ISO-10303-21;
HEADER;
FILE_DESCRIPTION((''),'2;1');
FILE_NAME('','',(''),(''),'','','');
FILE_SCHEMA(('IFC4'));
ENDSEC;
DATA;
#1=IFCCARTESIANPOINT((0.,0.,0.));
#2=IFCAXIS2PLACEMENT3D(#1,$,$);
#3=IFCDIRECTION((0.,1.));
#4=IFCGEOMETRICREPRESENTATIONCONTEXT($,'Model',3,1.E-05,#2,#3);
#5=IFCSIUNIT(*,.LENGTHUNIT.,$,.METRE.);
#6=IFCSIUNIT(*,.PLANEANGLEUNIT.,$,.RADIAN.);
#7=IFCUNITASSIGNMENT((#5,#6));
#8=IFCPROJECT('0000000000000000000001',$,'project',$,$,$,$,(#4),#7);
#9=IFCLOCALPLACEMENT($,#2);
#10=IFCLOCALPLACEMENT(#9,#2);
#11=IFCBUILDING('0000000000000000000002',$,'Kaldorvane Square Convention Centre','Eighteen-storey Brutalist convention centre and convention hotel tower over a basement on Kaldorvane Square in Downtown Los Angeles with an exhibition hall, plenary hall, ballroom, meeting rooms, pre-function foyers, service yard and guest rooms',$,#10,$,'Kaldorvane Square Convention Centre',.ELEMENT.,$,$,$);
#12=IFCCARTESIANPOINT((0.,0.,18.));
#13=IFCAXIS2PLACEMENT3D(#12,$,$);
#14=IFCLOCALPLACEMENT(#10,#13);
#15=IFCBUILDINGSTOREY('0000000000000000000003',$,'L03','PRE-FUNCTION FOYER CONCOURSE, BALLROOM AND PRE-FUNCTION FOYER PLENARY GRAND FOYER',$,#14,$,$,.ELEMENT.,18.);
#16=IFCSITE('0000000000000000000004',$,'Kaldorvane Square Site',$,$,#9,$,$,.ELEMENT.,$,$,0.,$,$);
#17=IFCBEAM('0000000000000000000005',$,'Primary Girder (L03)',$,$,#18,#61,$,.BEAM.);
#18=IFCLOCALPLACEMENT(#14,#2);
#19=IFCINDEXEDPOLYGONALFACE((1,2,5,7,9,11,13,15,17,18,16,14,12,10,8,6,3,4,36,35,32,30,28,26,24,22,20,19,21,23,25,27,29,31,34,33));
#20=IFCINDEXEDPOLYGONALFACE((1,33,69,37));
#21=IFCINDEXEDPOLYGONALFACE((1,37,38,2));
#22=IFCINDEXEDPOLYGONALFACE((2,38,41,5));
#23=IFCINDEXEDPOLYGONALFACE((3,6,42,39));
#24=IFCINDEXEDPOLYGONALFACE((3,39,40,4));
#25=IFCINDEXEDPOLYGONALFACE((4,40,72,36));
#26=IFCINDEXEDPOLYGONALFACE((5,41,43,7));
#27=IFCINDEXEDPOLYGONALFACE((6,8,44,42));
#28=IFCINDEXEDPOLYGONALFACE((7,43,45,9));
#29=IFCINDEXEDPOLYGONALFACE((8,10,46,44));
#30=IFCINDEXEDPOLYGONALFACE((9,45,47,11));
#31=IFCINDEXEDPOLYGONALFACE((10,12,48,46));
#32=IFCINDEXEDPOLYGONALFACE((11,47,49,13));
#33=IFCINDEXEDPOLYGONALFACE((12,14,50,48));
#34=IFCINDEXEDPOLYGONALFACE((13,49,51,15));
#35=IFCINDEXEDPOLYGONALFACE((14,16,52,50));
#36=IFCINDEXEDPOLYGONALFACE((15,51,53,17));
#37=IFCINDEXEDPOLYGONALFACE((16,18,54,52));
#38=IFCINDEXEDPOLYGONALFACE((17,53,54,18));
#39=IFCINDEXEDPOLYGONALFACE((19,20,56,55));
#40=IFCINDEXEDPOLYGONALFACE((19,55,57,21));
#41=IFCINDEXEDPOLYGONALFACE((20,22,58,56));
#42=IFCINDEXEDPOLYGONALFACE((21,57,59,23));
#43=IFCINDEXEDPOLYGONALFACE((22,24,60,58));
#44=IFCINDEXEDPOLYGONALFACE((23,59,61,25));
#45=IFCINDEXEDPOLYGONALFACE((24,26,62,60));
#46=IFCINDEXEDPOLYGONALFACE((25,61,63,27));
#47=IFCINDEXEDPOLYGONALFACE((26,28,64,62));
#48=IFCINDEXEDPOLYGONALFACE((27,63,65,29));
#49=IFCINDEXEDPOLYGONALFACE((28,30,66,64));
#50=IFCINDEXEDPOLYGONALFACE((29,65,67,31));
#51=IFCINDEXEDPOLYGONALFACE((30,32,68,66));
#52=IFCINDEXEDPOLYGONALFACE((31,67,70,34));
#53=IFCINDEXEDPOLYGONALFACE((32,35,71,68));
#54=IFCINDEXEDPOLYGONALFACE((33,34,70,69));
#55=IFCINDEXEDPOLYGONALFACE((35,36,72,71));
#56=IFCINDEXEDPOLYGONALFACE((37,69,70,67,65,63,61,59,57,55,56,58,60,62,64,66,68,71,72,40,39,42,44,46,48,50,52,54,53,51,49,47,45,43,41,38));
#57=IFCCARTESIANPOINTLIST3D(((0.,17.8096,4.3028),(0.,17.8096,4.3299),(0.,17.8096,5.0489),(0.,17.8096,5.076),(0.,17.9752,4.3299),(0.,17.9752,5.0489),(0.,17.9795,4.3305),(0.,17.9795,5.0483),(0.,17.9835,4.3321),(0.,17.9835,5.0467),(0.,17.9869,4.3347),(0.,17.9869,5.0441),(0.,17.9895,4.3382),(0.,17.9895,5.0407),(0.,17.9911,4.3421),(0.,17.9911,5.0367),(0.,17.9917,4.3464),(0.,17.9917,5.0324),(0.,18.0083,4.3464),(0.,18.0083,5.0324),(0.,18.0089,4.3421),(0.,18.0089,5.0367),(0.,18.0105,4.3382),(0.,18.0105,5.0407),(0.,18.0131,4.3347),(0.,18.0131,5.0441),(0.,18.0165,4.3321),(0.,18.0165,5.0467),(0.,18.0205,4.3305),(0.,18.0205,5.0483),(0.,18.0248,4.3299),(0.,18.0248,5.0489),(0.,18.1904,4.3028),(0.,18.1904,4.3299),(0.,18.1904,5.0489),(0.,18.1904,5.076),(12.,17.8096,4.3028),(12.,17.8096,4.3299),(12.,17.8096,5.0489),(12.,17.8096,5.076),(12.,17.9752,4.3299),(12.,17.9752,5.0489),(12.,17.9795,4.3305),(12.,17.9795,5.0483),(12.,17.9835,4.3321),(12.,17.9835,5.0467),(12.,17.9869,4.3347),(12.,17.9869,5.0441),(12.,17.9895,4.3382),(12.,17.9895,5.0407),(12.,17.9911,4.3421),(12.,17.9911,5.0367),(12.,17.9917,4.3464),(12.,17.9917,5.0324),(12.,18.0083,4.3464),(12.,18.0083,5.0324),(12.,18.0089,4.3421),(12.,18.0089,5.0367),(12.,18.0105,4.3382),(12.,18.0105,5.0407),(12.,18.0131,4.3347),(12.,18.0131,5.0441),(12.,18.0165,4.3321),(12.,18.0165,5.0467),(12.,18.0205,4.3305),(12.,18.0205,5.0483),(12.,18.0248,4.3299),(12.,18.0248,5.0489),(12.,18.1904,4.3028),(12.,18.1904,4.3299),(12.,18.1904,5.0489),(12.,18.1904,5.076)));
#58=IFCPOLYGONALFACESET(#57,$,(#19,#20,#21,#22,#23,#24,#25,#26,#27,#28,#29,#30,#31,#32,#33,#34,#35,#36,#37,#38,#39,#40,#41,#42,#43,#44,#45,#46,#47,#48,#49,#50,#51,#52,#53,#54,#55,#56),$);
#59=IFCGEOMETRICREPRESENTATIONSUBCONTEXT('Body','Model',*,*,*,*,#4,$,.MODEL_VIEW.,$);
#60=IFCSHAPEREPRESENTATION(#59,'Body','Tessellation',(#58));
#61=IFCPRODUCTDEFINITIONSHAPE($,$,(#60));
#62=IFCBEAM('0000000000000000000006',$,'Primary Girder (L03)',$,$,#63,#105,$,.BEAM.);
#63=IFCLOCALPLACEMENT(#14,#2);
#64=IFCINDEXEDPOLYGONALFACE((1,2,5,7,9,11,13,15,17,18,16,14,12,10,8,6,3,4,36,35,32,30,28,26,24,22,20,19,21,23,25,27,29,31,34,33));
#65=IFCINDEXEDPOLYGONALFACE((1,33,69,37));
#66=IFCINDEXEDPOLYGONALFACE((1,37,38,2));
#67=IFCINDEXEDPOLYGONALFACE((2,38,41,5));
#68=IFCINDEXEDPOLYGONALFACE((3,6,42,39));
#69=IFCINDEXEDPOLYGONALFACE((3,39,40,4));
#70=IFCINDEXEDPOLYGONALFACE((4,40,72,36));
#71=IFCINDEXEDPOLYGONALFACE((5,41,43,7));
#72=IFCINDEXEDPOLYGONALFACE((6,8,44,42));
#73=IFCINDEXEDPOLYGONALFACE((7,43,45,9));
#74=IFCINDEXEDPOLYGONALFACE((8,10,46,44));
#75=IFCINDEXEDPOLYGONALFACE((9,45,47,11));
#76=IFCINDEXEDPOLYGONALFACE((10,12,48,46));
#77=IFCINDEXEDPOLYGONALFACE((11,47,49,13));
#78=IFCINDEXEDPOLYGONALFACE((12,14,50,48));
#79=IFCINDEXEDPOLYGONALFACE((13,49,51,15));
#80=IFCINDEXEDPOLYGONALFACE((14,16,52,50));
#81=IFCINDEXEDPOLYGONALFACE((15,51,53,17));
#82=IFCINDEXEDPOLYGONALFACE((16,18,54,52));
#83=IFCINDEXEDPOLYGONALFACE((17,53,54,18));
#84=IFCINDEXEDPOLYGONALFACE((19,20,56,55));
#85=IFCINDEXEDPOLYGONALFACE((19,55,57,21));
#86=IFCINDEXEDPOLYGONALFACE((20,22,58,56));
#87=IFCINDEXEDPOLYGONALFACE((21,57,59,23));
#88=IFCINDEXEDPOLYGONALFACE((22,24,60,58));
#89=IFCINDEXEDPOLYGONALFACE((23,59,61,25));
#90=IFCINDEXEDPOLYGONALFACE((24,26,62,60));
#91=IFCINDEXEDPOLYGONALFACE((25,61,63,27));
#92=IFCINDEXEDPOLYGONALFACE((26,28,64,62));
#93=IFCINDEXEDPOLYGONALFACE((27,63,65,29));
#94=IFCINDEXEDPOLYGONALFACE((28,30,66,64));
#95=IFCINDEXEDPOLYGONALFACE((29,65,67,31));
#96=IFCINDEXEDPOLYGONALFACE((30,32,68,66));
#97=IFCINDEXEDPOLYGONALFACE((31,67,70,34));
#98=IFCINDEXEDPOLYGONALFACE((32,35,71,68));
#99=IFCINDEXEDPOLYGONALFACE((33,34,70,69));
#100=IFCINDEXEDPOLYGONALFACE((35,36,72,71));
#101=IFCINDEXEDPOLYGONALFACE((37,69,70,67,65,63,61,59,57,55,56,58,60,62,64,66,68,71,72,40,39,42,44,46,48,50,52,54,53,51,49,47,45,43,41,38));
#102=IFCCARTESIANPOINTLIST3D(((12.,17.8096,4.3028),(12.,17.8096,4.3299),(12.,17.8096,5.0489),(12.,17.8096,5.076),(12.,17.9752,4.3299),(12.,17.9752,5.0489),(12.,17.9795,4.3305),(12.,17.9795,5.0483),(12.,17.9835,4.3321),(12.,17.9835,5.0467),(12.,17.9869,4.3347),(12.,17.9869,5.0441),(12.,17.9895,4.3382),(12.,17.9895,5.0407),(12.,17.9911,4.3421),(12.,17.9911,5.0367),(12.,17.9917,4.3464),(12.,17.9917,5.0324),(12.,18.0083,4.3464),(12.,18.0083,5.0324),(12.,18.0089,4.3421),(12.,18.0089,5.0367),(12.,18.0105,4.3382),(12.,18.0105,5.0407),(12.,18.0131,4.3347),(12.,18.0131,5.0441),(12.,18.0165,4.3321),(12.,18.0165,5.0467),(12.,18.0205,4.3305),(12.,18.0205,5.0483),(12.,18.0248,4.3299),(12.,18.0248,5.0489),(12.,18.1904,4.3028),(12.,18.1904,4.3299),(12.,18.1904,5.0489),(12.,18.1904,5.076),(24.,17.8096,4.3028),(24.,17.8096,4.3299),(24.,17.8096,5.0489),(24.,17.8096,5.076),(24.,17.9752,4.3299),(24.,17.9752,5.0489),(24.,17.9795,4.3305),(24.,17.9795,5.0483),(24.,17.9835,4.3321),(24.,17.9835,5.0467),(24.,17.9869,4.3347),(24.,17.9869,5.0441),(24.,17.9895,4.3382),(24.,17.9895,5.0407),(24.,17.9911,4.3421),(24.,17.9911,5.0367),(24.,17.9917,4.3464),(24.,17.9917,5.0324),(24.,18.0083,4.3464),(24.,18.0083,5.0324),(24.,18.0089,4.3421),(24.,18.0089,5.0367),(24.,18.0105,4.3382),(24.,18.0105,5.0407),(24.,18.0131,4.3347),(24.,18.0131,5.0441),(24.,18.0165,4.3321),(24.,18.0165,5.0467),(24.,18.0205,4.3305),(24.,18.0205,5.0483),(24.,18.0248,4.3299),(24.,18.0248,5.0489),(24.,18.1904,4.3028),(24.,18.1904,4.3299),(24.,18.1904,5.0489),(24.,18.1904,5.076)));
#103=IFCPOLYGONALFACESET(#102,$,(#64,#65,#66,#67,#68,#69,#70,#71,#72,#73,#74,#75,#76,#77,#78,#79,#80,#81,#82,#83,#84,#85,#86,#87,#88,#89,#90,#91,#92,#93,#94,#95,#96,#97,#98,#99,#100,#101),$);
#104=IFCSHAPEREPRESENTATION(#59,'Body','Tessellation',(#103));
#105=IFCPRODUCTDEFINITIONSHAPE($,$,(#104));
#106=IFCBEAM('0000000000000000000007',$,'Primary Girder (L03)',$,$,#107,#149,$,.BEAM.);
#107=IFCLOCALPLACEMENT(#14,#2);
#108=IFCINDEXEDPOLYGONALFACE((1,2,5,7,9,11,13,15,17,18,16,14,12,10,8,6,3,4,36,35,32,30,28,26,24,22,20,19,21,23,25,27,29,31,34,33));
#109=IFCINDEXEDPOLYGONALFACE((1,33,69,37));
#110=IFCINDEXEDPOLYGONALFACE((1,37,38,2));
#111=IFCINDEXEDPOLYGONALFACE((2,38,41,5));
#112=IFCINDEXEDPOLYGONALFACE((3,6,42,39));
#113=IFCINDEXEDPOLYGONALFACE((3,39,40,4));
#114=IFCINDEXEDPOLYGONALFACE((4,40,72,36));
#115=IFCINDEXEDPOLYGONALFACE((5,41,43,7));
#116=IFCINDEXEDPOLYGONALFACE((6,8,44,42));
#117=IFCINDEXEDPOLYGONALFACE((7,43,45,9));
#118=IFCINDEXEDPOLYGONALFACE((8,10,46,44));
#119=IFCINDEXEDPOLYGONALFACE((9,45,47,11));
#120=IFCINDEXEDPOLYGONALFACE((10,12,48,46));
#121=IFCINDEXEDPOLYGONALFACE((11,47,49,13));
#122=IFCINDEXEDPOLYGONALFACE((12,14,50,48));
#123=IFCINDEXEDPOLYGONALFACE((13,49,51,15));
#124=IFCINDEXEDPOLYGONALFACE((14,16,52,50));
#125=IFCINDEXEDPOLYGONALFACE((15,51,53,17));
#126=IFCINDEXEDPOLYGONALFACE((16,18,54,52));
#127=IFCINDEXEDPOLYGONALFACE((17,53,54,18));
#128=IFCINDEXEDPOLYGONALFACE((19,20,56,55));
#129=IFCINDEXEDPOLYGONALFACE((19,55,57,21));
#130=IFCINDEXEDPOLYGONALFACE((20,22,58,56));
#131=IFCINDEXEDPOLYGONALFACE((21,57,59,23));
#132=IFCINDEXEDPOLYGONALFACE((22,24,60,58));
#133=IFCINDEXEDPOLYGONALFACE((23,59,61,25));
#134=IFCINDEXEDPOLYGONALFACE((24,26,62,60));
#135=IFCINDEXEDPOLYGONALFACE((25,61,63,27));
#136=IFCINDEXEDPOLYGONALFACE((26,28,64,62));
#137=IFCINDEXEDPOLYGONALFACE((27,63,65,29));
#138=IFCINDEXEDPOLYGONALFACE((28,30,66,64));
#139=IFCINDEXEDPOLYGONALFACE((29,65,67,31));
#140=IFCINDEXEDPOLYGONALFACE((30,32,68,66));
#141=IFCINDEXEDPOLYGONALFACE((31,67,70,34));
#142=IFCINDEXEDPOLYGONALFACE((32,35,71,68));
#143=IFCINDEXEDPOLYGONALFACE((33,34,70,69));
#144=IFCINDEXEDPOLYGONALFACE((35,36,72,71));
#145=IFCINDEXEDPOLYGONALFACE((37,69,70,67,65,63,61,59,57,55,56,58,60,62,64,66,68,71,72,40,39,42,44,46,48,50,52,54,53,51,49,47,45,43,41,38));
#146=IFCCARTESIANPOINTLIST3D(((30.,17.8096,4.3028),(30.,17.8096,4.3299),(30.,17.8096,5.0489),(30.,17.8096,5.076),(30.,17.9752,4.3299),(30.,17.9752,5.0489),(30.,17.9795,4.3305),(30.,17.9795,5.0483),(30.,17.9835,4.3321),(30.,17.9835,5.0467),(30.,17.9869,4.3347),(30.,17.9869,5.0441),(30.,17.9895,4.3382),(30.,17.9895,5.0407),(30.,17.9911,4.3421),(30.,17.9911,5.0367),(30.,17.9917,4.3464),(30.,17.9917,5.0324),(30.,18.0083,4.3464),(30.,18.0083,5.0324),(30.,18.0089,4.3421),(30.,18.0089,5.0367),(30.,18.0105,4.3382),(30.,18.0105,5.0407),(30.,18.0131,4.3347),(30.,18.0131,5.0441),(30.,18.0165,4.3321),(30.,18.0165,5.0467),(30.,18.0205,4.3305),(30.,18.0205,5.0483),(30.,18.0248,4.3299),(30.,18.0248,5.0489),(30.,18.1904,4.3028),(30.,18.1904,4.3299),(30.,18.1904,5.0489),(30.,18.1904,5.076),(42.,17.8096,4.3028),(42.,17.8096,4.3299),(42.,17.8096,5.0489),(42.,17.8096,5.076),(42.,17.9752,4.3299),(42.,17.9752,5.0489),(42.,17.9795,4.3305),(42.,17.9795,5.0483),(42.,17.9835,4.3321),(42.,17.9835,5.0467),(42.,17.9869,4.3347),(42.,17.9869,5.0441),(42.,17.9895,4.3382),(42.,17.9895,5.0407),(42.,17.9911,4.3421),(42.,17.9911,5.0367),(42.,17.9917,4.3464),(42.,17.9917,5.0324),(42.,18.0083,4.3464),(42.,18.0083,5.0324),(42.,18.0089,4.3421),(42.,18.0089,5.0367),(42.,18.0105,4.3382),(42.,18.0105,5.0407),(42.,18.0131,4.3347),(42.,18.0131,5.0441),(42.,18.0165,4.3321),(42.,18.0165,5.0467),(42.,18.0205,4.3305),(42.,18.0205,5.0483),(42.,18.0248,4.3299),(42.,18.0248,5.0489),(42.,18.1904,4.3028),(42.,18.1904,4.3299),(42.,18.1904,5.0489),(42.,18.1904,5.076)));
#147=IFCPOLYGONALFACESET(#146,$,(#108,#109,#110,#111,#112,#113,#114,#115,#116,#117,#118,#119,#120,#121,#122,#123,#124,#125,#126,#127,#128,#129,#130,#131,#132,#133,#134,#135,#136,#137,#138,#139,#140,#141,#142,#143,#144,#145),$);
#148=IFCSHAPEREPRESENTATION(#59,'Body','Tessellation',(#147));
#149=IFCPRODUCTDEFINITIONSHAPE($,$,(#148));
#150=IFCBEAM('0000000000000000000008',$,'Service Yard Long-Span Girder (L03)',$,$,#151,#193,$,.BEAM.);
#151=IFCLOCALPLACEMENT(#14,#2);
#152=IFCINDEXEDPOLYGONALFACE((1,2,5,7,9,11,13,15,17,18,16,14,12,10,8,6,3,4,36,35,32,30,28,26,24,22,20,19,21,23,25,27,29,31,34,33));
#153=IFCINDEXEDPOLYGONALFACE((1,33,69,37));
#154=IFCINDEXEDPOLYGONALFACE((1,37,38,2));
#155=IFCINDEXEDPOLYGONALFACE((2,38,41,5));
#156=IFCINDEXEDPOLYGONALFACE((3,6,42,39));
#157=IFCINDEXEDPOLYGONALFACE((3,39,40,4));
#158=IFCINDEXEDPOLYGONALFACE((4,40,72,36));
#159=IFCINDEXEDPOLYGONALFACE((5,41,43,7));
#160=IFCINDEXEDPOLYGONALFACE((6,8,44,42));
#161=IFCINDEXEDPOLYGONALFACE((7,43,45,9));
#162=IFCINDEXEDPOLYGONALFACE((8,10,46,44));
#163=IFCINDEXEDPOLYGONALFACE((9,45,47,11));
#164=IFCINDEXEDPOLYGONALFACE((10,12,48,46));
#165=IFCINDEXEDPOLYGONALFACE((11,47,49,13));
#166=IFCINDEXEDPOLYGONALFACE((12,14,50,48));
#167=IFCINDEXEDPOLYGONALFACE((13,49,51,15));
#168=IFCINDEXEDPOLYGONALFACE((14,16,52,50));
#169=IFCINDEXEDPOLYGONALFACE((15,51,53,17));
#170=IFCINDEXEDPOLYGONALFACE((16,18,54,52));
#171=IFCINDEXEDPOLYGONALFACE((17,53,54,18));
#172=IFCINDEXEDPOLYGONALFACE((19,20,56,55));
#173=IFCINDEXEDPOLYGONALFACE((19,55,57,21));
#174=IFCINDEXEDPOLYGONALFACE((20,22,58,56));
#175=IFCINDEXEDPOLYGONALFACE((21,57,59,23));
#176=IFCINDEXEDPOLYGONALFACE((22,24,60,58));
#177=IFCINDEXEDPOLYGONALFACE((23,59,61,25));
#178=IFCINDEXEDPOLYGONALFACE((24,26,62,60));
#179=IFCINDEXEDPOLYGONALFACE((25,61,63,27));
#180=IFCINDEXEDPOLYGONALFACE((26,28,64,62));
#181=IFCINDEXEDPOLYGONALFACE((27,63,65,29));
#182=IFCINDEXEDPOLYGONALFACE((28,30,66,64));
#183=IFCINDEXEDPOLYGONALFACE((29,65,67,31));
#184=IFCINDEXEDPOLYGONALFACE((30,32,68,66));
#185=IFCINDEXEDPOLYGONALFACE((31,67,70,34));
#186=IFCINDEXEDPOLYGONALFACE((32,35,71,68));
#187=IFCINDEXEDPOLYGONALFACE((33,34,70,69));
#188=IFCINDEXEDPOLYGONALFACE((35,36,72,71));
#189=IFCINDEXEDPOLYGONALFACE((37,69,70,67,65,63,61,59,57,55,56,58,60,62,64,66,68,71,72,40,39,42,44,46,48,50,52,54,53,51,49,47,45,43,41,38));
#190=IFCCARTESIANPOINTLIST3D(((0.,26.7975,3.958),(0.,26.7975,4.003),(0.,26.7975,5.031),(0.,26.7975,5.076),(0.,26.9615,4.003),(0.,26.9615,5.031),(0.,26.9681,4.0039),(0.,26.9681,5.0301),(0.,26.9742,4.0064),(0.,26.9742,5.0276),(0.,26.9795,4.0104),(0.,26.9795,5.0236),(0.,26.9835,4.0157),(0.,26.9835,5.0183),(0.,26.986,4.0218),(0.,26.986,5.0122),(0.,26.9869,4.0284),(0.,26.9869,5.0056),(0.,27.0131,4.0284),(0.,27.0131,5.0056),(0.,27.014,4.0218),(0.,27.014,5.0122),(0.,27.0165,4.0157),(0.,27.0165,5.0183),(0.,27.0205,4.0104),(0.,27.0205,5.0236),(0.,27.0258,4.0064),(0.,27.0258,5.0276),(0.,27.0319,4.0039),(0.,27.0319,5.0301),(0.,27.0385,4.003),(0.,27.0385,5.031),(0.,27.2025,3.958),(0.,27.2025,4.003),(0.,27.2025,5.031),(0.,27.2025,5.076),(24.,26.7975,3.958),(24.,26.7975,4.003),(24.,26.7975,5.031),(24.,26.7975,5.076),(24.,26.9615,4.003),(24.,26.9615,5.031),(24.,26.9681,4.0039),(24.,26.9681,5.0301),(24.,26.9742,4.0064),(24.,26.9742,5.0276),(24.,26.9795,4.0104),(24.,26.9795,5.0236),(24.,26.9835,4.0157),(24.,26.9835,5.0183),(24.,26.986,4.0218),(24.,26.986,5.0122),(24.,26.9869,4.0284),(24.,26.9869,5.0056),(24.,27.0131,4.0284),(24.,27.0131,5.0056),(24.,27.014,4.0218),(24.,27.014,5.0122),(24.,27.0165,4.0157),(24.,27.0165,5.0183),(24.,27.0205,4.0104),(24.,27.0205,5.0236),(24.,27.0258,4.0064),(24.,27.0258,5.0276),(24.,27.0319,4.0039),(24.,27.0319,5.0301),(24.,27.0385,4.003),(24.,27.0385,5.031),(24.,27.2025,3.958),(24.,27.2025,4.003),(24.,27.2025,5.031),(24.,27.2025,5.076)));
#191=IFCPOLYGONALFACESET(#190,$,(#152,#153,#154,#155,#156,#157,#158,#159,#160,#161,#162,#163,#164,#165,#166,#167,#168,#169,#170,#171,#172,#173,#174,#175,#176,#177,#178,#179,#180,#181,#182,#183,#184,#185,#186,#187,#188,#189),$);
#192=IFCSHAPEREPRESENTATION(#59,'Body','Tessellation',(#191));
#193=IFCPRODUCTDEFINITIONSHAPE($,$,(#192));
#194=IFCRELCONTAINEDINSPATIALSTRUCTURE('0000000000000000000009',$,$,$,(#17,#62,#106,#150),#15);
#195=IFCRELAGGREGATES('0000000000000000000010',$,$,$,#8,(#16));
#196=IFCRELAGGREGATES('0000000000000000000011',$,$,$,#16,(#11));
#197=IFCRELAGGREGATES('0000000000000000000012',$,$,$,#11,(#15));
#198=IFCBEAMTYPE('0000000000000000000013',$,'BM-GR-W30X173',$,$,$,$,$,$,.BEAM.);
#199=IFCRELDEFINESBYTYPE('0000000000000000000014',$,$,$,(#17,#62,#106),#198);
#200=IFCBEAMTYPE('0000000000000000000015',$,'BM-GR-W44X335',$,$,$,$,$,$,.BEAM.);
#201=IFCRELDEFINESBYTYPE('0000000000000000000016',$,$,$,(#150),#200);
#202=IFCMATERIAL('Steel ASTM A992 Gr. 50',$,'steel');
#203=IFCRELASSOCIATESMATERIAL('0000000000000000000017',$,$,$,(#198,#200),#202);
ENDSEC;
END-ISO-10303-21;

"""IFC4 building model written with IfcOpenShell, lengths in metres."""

from ifc_helpers import new_model, si_unit, direction, frame, origin, origin_2d, place, context, subcontext, project, spatial, i_section, extrude, material, material_profile, profile_set, type_object, element, save


model = new_model("IFC4")

# Units and contexts
model_context = context("Model", 3, precision=1e-05, world=origin(), true_north=direction((0.0, 1.0)))
body_context = subcontext(model_context, "Body", "Model", "MODEL_VIEW")
ifc_project = project(units=[si_unit("LENGTHUNIT", "METRE"), si_unit("PLANEANGLEUNIT", "RADIAN")], contexts=[model_context])

# Site, building, storey
site_placement = place(None, origin())
site = spatial("IfcSite", under=ifc_project, at=site_placement, Name="Kaldorvane Square Site", CompositionType="ELEMENT", RefElevation=0.0)
building_placement = place(site_placement, origin())
building = spatial("IfcBuilding", under=site, at=building_placement, Name="Kaldorvane Square Convention Centre", Description="Eighteen-storey Brutalist convention centre and convention hotel tower over a basement on Kaldorvane Square in Downtown Los Angeles with an exhibition hall, plenary hall, ballroom, meeting rooms, pre-function foyers, service yard and guest rooms", LongName="Kaldorvane Square Convention Centre", CompositionType="ELEMENT")
storey_placement = place(building_placement, frame((0.0, 0.0, 18.0)))
storey = spatial("IfcBuildingStorey", under=building, at=storey_placement, Name="L03", Description="PRE-FUNCTION FOYER CONCOURSE, BALLROOM AND PRE-FUNCTION FOYER PLENARY GRAND FOYER", CompositionType="ELEMENT", Elevation=18.0)

# Shared definitions
ifc_material_1 = material(Name="Steel ASTM A992 Gr. 50", Category="steel")

# Beams
ifc_material_profile_1 = material_profile(ifc_material_1, i_section(OverallWidth=0.3807, OverallDepth=0.7732, WebThickness=0.0166, FlangeThickness=0.0271, FilletRadius=0.0165, at=origin_2d()), Name="W30X173")
ifc_profile_set_1 = profile_set([ifc_material_profile_1], Name="Steel ASTM A992 Gr. 50")
beam_type_1 = type_object("IfcBeamType", Name="BM-GR-W30X173", PredefinedType="BEAM", material=ifc_profile_set_1)
for number, where, z_axis, x_axis, name in (
    (1, (0.0, 18.0, 4.6894), (1.0, 0.0, 0.0), (0.0, 1.0, 0.0), "Primary Girder (L03)"),
    (2, (12.0, 18.0, 4.6894), (1.0, 0.0, 0.0), (0.0, 1.0, 0.0), "Primary Girder (L03)"),
    (3, (30.0, 18.0, 4.6894), (1.0, 0.0, 0.0), (0.0, 1.0, 0.0), "Primary Girder (L03)"),
):
    element("IfcBeam", number, at=place(storey_placement, frame(where, z_axis=z_axis, x_axis=x_axis)), inside=storey, type_object=beam_type_1, Name=name, PredefinedType="BEAM", context=body_context, shape_type="SweptSolid", body=[
        extrude(i_section(OverallWidth=0.3807, OverallDepth=0.7732, WebThickness=0.0166, FlangeThickness=0.0271, FilletRadius=0.0165, at=origin_2d()), origin(), (0.0, 0.0, 1.0), 12.0),
    ])
ifc_material_profile_2 = material_profile(ifc_material_1, i_section(OverallWidth=0.405, OverallDepth=1.118, WebThickness=0.0262, FlangeThickness=0.045, FilletRadius=0.0254, at=origin_2d()), Name="W44X335")
ifc_profile_set_2 = profile_set([ifc_material_profile_2], Name="Steel ASTM A992 Gr. 50")
beam_type_2 = type_object("IfcBeamType", Name="BM-GR-W44X335", PredefinedType="BEAM", material=ifc_profile_set_2)
beam_1_placement = place(storey_placement, frame((0.0, 27.0, 4.517), z_axis=(1.0, 0.0, 0.0), x_axis=(0.0, 1.0, 0.0)))
element("IfcBeam", 4, at=beam_1_placement, inside=storey, type_object=beam_type_2, Name="Service Yard Long-Span Girder (L03)", PredefinedType="BEAM", context=body_context, shape_type="SweptSolid", body=[
    extrude(i_section(OverallWidth=0.405, OverallDepth=1.118, WebThickness=0.0262, FlangeThickness=0.045, FilletRadius=0.0254, at=origin_2d()), origin(), (0.0, 0.0, 1.0), 24.0),
])

save(model, "model.ifc")
